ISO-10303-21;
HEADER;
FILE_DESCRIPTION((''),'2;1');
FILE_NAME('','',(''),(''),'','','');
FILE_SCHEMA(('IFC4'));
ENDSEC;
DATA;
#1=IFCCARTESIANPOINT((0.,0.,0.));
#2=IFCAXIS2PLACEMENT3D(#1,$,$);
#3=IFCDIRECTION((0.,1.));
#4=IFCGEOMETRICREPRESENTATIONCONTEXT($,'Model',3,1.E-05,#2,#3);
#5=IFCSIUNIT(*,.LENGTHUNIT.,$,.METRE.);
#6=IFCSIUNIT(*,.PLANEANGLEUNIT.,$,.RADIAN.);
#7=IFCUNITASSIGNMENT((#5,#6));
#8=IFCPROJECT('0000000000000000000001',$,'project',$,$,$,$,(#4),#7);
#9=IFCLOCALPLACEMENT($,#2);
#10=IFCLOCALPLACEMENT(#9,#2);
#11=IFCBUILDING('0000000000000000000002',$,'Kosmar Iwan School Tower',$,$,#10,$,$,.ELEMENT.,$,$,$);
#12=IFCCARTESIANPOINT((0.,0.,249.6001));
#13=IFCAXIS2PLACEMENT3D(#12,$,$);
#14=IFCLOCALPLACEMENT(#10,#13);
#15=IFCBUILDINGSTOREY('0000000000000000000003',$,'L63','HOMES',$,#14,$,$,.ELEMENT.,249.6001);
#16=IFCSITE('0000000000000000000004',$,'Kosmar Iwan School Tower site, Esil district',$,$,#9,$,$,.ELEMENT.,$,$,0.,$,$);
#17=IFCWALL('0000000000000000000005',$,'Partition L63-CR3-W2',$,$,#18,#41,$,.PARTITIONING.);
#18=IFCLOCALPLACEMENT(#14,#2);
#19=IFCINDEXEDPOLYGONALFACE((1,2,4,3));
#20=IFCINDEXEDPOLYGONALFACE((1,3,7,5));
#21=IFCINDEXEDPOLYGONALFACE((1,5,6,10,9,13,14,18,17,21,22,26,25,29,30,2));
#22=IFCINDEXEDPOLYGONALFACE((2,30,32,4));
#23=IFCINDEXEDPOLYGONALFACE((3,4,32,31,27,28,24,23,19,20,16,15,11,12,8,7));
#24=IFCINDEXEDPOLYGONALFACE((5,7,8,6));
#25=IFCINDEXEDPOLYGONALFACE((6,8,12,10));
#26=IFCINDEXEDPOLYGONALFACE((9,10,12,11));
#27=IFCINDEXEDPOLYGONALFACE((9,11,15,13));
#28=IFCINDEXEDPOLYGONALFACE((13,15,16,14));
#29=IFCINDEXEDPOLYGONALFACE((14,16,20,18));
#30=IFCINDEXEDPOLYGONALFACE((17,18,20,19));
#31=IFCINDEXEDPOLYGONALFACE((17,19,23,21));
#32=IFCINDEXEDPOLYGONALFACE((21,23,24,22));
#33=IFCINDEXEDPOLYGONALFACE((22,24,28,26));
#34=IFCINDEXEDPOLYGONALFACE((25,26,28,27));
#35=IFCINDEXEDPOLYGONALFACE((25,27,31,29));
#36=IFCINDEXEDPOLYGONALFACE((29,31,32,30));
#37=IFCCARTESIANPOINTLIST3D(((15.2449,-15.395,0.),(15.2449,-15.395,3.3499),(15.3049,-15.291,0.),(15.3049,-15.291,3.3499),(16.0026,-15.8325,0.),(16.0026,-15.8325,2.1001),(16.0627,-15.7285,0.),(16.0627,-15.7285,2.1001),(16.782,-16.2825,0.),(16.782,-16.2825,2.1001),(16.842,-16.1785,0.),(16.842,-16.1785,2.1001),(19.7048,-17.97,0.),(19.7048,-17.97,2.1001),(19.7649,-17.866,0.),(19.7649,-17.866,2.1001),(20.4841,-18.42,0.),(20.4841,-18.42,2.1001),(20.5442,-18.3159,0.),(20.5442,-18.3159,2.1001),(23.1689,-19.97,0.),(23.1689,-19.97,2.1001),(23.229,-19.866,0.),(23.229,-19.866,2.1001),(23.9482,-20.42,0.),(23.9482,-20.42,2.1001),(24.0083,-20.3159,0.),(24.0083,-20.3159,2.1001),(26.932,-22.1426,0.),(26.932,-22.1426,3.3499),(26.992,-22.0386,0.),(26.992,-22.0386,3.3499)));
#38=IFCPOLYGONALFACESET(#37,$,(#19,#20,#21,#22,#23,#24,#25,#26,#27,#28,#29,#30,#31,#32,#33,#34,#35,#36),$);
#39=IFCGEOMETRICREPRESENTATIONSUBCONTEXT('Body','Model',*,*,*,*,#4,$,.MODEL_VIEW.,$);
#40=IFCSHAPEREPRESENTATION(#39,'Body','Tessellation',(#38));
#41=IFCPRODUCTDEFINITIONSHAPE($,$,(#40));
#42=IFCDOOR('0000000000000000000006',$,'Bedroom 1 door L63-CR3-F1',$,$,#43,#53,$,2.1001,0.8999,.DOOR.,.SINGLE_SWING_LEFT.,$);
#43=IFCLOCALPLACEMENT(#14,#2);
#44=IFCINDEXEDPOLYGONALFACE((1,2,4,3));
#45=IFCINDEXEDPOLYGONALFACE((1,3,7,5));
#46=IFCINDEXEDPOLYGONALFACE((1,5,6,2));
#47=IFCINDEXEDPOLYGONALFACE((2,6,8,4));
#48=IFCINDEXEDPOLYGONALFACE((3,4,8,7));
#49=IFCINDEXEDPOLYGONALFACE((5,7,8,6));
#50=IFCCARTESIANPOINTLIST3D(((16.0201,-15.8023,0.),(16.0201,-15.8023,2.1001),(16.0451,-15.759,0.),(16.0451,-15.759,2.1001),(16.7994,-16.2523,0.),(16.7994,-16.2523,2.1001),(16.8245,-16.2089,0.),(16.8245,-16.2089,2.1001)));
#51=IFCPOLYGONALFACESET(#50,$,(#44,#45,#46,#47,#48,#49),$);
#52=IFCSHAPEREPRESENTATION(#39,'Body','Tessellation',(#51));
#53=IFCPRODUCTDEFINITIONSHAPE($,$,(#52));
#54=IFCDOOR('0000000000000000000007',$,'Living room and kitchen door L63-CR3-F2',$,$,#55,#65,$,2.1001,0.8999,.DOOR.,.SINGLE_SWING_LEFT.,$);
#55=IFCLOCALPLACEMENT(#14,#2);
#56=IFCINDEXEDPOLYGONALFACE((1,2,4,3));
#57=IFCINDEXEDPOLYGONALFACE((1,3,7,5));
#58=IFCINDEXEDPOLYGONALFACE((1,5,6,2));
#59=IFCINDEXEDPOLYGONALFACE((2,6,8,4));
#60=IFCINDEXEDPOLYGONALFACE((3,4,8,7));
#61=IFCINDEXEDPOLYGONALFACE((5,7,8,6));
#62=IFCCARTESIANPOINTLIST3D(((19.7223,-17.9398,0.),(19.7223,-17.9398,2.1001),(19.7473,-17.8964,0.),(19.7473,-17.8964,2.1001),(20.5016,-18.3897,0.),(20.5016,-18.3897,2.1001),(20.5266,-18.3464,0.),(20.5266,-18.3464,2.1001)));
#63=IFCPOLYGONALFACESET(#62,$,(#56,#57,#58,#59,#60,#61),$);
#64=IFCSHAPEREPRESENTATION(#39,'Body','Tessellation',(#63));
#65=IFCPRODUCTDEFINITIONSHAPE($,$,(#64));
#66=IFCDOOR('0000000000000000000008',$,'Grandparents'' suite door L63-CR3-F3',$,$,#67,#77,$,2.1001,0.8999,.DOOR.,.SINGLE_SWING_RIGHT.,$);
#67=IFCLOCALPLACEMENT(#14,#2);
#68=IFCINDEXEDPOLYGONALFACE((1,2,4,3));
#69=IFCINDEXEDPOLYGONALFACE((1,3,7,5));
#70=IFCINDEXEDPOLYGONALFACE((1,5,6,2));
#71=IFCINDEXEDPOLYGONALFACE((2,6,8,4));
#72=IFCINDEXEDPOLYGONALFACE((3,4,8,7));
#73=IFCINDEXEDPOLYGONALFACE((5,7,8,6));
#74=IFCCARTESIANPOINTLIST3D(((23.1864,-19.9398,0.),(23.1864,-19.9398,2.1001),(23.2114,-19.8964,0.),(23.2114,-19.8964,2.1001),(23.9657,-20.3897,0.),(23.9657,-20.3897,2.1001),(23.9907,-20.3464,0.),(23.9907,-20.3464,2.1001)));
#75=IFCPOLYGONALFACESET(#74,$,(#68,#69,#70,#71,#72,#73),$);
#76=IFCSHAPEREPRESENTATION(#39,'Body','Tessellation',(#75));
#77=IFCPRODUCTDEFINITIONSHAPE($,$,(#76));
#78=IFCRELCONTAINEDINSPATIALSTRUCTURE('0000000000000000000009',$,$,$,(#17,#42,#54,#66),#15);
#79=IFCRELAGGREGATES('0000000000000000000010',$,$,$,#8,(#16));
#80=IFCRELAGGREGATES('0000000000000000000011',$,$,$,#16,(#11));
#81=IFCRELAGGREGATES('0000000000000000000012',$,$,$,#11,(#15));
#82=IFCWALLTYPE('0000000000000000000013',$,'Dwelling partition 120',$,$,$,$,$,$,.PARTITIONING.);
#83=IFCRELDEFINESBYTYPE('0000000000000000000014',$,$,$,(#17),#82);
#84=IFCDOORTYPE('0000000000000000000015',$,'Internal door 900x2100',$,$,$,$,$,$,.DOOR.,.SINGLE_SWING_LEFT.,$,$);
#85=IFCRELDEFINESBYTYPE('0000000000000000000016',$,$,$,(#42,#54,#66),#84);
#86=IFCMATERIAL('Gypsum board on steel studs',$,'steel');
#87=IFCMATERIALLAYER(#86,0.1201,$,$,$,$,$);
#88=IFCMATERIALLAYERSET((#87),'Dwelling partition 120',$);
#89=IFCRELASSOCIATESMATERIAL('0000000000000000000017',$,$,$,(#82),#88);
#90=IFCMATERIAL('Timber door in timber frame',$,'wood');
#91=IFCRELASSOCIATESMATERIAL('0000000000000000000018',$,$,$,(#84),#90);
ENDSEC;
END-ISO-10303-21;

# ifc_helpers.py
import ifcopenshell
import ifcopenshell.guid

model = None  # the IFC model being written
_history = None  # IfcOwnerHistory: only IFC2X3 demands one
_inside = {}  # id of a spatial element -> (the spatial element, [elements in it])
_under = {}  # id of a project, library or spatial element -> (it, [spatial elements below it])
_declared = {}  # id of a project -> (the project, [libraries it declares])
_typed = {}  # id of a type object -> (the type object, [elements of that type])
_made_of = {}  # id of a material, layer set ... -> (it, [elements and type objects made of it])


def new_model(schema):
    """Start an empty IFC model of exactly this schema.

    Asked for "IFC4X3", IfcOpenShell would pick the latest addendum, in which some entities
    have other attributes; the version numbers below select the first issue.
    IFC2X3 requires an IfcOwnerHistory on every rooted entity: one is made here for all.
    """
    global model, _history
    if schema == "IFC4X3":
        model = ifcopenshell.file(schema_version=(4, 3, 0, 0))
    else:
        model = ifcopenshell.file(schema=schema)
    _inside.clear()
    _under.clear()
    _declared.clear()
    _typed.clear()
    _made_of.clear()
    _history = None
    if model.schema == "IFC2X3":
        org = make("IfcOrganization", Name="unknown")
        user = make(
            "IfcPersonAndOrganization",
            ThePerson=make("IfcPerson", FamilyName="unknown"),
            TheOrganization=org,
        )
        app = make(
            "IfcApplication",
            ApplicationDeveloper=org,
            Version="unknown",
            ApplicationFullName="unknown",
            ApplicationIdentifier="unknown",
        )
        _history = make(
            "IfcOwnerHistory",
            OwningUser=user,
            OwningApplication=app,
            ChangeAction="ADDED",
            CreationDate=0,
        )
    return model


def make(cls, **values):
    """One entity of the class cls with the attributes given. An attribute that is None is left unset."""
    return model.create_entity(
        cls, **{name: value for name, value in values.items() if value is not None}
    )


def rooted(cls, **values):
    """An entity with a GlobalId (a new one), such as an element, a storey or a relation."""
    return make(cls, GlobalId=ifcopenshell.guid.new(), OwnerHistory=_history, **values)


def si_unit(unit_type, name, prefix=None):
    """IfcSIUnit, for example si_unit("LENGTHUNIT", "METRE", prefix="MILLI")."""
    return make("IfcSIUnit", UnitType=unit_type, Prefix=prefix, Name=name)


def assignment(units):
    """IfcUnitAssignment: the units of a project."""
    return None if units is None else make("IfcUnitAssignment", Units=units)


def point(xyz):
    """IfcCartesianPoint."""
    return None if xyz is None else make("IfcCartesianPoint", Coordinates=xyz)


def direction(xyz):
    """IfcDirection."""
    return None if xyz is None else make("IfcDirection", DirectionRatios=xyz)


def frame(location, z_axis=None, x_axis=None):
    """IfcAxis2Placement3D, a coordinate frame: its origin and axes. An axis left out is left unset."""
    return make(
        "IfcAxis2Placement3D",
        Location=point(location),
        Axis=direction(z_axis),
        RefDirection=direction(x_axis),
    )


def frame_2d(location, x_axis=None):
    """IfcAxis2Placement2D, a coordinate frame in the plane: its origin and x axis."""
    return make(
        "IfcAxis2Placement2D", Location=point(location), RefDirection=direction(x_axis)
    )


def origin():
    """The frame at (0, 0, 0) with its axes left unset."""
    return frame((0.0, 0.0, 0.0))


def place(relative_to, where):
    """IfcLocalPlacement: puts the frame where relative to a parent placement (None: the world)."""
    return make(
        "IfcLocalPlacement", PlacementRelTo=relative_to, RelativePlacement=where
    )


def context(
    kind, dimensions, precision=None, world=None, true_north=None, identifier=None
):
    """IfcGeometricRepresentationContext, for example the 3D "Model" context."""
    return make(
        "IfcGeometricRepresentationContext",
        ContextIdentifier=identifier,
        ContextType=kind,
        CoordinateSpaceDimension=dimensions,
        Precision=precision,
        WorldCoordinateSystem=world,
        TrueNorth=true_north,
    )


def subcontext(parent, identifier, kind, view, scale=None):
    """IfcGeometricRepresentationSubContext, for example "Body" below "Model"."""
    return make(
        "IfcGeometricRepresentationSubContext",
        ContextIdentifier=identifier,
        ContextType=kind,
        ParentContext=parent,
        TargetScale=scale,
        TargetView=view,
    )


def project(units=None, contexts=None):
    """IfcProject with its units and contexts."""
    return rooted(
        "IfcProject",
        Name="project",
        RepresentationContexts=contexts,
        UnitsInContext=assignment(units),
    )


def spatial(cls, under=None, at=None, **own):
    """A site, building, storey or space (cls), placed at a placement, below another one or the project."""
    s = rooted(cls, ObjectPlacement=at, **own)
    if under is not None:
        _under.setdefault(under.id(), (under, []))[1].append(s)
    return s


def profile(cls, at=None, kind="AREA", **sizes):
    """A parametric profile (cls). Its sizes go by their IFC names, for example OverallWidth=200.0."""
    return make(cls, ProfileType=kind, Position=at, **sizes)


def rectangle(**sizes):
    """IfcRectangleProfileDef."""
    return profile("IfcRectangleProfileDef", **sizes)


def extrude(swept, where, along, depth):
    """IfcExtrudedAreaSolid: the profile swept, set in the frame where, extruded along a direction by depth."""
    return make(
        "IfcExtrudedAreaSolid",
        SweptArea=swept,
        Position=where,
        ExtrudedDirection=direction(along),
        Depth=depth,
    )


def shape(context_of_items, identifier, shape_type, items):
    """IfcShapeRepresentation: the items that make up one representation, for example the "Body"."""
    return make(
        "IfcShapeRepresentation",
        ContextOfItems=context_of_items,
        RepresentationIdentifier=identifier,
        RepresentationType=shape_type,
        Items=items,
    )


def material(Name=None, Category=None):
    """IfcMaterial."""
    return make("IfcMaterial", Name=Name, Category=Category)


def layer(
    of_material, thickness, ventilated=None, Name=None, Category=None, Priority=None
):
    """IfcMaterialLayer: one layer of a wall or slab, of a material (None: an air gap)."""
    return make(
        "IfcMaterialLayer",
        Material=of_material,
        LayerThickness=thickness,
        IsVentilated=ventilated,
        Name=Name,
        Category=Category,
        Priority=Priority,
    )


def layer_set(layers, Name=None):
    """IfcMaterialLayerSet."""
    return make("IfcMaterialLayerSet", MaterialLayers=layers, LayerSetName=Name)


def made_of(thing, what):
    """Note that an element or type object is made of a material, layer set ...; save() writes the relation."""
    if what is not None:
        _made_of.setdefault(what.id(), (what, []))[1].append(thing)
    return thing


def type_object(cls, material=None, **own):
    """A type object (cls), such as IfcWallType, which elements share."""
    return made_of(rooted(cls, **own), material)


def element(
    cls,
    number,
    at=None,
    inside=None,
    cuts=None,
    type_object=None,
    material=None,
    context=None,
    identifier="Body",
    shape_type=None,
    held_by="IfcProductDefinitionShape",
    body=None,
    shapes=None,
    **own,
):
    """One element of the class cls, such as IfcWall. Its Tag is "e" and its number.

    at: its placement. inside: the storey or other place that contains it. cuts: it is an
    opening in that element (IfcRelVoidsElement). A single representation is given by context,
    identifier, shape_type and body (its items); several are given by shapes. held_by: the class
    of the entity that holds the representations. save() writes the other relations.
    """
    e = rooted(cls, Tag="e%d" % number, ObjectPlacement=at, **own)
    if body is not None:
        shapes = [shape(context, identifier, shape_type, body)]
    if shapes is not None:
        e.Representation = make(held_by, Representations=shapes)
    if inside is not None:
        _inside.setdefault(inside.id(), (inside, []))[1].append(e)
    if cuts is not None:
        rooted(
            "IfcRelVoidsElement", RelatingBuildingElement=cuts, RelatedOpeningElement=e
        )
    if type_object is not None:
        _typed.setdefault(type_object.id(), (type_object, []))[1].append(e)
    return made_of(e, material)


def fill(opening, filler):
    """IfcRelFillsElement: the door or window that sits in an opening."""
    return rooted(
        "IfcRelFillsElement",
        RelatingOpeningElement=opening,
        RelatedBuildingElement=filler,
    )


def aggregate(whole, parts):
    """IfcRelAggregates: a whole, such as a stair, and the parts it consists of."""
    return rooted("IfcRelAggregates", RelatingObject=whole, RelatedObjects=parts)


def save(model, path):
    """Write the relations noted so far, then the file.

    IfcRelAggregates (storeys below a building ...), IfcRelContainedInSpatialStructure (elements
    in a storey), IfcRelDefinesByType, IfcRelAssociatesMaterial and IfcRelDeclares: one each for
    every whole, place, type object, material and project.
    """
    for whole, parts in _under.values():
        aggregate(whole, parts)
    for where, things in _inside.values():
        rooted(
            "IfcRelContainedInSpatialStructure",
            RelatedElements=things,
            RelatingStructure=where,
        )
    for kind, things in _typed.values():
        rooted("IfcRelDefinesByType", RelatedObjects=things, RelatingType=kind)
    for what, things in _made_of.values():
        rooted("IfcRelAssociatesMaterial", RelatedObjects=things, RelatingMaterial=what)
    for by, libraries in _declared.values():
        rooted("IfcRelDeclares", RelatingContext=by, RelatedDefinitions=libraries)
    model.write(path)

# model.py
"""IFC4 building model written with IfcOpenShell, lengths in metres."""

from ifc_helpers import new_model, si_unit, direction, frame, frame_2d, origin, place, context, subcontext, project, spatial, rectangle, extrude, material, layer, layer_set, type_object, element, fill, save


model = new_model("IFC4")

# Units and contexts
model_context = context("Model", 3, precision=1e-05, world=origin(), true_north=direction((0.0, 1.0)))
body_context = subcontext(model_context, "Body", "Model", "MODEL_VIEW")
ifc_project = project(units=[si_unit("LENGTHUNIT", "METRE"), si_unit("PLANEANGLEUNIT", "RADIAN")], contexts=[model_context])

# Site, building, storey
site_placement = place(None, origin())
site = spatial("IfcSite", under=ifc_project, at=site_placement, Name="Kosmar Iwan School Tower site, Esil district", CompositionType="ELEMENT", RefElevation=0.0)
building_placement = place(site_placement, origin())
building = spatial("IfcBuilding", under=site, at=building_placement, Name="Kosmar Iwan School Tower", CompositionType="ELEMENT")
storey_placement = place(building_placement, frame((0.0, 0.0, 249.6001)))
storey = spatial("IfcBuildingStorey", under=building, at=storey_placement, Name="L63", Description="HOMES", CompositionType="ELEMENT", Elevation=249.6001)

# Wall, openings, doors
ifc_material_1 = material(Name="Gypsum board on steel studs", Category="steel")
ifc_layer = layer(ifc_material_1, 0.1201)
ifc_layer_set = layer_set([ifc_layer], Name="Dwelling partition 120")
wall_type = type_object("IfcWallType", Name="Dwelling partition 120", PredefinedType="PARTITIONING", material=ifc_layer_set)
ifc_material_2 = material(Name="Timber door in timber frame", Category="wood")
door_type_1 = type_object("IfcDoorType", Name="Internal door 900x2100", OperationType="SINGLE_SWING_LEFT", PredefinedType="DOOR", material=ifc_material_2)
wall_1_placement = place(storey_placement, frame((15.2749, -15.343, 0.0), z_axis=(0.0, 0.0, 1.0), x_axis=(0.866024, -0.500003, 0.0)))
wall_1 = element("IfcWall", 1, at=wall_1_placement, inside=storey, type_object=wall_type, Name="Partition L63-CR3-W2", PredefinedType="PARTITIONING", context=body_context, shape_type="SweptSolid", body=[
    extrude(rectangle(XDim=13.4951, YDim=0.1201, at=frame_2d((6.7476, 0.0))), origin(), (0.0, 0.0, 1.0), 3.3499),
])
opening_1_placement = place(wall_1_placement, frame((0.875, 0.0, 0.0)))
opening_1 = element("IfcOpeningElement", 2, at=opening_1_placement, cuts=wall_1, PredefinedType="OPENING", context=body_context, shape_type="SweptSolid", body=[
    extrude(rectangle(XDim=0.8999, YDim=2.1001, at=frame_2d((0.45, 1.05))), frame((0.0, 0.072, 0.0), z_axis=(0.0, -1.0, 0.0), x_axis=(1.0, 0.0, 0.0)), (0.0, 0.0, 1.0), 0.144),
])
opening_2_placement = place(wall_1_placement, frame((5.1499, 0.0, 0.0)))
opening_2 = element("IfcOpeningElement", 3, at=opening_2_placement, cuts=wall_1, PredefinedType="OPENING", context=body_context, shape_type="SweptSolid", body=[
    extrude(rectangle(XDim=0.8999, YDim=2.1001, at=frame_2d((0.45, 1.05))), frame((0.0, 0.072, 0.0), z_axis=(0.0, -1.0, 0.0), x_axis=(1.0, 0.0, 0.0)), (0.0, 0.0, 1.0), 0.144),
])
opening_3_placement = place(wall_1_placement, frame((9.1499, 0.0, 0.0)))
opening_3 = element("IfcOpeningElement", 4, at=opening_3_placement, cuts=wall_1, PredefinedType="OPENING", context=body_context, shape_type="SweptSolid", body=[
    extrude(rectangle(XDim=0.8999, YDim=2.1001, at=frame_2d((0.45, 1.05))), frame((0.0, 0.072, 0.0), z_axis=(0.0, -1.0, 0.0), x_axis=(1.0, 0.0, 0.0)), (0.0, 0.0, 1.0), 0.144),
])
door_1_placement = place(opening_1_placement, origin())
door_1 = element("IfcDoor", 5, at=door_1_placement, inside=storey, type_object=door_type_1, Name="Bedroom 1 door L63-CR3-F1", OperationType="SINGLE_SWING_LEFT", OverallHeight=2.1001, OverallWidth=0.8999, PredefinedType="DOOR", context=body_context, shape_type="SweptSolid", body=[
    extrude(rectangle(XDim=0.8999, YDim=2.1001, at=frame_2d((0.45, 1.05))), frame((0.0, 0.0249, 0.0), z_axis=(0.0, -1.0, 0.0), x_axis=(1.0, 0.0, 0.0)), (0.0, 0.0, 1.0), 0.05),
])
fill(opening_1, door_1)
door_2_placement = place(opening_2_placement, origin())
door_2 = element("IfcDoor", 6, at=door_2_placement, inside=storey, type_object=door_type_1, Name="Living room and kitchen door L63-CR3-F2", OperationType="SINGLE_SWING_LEFT", OverallHeight=2.1001, OverallWidth=0.8999, PredefinedType="DOOR", context=body_context, shape_type="SweptSolid", body=[
    extrude(rectangle(XDim=0.8999, YDim=2.1001, at=frame_2d((0.45, 1.05))), frame((0.0, 0.0249, 0.0), z_axis=(0.0, -1.0, 0.0), x_axis=(1.0, 0.0, 0.0)), (0.0, 0.0, 1.0), 0.05),
])
fill(opening_2, door_2)
door_3_placement = place(opening_3_placement, origin())
door_3 = element("IfcDoor", 7, at=door_3_placement, inside=storey, type_object=door_type_1, Name="Grandparents' suite door L63-CR3-F3", OperationType="SINGLE_SWING_RIGHT", OverallHeight=2.1001, OverallWidth=0.8999, PredefinedType="DOOR", context=body_context, shape_type="SweptSolid", body=[
    extrude(rectangle(XDim=0.8999, YDim=2.1001, at=frame_2d((0.45, 1.05))), frame((0.0, 0.0249, 0.0), z_axis=(0.0, -1.0, 0.0), x_axis=(1.0, 0.0, 0.0)), (0.0, 0.0, 1.0), 0.05),
])
fill(opening_3, door_3)

save(model, "model.ifc")
